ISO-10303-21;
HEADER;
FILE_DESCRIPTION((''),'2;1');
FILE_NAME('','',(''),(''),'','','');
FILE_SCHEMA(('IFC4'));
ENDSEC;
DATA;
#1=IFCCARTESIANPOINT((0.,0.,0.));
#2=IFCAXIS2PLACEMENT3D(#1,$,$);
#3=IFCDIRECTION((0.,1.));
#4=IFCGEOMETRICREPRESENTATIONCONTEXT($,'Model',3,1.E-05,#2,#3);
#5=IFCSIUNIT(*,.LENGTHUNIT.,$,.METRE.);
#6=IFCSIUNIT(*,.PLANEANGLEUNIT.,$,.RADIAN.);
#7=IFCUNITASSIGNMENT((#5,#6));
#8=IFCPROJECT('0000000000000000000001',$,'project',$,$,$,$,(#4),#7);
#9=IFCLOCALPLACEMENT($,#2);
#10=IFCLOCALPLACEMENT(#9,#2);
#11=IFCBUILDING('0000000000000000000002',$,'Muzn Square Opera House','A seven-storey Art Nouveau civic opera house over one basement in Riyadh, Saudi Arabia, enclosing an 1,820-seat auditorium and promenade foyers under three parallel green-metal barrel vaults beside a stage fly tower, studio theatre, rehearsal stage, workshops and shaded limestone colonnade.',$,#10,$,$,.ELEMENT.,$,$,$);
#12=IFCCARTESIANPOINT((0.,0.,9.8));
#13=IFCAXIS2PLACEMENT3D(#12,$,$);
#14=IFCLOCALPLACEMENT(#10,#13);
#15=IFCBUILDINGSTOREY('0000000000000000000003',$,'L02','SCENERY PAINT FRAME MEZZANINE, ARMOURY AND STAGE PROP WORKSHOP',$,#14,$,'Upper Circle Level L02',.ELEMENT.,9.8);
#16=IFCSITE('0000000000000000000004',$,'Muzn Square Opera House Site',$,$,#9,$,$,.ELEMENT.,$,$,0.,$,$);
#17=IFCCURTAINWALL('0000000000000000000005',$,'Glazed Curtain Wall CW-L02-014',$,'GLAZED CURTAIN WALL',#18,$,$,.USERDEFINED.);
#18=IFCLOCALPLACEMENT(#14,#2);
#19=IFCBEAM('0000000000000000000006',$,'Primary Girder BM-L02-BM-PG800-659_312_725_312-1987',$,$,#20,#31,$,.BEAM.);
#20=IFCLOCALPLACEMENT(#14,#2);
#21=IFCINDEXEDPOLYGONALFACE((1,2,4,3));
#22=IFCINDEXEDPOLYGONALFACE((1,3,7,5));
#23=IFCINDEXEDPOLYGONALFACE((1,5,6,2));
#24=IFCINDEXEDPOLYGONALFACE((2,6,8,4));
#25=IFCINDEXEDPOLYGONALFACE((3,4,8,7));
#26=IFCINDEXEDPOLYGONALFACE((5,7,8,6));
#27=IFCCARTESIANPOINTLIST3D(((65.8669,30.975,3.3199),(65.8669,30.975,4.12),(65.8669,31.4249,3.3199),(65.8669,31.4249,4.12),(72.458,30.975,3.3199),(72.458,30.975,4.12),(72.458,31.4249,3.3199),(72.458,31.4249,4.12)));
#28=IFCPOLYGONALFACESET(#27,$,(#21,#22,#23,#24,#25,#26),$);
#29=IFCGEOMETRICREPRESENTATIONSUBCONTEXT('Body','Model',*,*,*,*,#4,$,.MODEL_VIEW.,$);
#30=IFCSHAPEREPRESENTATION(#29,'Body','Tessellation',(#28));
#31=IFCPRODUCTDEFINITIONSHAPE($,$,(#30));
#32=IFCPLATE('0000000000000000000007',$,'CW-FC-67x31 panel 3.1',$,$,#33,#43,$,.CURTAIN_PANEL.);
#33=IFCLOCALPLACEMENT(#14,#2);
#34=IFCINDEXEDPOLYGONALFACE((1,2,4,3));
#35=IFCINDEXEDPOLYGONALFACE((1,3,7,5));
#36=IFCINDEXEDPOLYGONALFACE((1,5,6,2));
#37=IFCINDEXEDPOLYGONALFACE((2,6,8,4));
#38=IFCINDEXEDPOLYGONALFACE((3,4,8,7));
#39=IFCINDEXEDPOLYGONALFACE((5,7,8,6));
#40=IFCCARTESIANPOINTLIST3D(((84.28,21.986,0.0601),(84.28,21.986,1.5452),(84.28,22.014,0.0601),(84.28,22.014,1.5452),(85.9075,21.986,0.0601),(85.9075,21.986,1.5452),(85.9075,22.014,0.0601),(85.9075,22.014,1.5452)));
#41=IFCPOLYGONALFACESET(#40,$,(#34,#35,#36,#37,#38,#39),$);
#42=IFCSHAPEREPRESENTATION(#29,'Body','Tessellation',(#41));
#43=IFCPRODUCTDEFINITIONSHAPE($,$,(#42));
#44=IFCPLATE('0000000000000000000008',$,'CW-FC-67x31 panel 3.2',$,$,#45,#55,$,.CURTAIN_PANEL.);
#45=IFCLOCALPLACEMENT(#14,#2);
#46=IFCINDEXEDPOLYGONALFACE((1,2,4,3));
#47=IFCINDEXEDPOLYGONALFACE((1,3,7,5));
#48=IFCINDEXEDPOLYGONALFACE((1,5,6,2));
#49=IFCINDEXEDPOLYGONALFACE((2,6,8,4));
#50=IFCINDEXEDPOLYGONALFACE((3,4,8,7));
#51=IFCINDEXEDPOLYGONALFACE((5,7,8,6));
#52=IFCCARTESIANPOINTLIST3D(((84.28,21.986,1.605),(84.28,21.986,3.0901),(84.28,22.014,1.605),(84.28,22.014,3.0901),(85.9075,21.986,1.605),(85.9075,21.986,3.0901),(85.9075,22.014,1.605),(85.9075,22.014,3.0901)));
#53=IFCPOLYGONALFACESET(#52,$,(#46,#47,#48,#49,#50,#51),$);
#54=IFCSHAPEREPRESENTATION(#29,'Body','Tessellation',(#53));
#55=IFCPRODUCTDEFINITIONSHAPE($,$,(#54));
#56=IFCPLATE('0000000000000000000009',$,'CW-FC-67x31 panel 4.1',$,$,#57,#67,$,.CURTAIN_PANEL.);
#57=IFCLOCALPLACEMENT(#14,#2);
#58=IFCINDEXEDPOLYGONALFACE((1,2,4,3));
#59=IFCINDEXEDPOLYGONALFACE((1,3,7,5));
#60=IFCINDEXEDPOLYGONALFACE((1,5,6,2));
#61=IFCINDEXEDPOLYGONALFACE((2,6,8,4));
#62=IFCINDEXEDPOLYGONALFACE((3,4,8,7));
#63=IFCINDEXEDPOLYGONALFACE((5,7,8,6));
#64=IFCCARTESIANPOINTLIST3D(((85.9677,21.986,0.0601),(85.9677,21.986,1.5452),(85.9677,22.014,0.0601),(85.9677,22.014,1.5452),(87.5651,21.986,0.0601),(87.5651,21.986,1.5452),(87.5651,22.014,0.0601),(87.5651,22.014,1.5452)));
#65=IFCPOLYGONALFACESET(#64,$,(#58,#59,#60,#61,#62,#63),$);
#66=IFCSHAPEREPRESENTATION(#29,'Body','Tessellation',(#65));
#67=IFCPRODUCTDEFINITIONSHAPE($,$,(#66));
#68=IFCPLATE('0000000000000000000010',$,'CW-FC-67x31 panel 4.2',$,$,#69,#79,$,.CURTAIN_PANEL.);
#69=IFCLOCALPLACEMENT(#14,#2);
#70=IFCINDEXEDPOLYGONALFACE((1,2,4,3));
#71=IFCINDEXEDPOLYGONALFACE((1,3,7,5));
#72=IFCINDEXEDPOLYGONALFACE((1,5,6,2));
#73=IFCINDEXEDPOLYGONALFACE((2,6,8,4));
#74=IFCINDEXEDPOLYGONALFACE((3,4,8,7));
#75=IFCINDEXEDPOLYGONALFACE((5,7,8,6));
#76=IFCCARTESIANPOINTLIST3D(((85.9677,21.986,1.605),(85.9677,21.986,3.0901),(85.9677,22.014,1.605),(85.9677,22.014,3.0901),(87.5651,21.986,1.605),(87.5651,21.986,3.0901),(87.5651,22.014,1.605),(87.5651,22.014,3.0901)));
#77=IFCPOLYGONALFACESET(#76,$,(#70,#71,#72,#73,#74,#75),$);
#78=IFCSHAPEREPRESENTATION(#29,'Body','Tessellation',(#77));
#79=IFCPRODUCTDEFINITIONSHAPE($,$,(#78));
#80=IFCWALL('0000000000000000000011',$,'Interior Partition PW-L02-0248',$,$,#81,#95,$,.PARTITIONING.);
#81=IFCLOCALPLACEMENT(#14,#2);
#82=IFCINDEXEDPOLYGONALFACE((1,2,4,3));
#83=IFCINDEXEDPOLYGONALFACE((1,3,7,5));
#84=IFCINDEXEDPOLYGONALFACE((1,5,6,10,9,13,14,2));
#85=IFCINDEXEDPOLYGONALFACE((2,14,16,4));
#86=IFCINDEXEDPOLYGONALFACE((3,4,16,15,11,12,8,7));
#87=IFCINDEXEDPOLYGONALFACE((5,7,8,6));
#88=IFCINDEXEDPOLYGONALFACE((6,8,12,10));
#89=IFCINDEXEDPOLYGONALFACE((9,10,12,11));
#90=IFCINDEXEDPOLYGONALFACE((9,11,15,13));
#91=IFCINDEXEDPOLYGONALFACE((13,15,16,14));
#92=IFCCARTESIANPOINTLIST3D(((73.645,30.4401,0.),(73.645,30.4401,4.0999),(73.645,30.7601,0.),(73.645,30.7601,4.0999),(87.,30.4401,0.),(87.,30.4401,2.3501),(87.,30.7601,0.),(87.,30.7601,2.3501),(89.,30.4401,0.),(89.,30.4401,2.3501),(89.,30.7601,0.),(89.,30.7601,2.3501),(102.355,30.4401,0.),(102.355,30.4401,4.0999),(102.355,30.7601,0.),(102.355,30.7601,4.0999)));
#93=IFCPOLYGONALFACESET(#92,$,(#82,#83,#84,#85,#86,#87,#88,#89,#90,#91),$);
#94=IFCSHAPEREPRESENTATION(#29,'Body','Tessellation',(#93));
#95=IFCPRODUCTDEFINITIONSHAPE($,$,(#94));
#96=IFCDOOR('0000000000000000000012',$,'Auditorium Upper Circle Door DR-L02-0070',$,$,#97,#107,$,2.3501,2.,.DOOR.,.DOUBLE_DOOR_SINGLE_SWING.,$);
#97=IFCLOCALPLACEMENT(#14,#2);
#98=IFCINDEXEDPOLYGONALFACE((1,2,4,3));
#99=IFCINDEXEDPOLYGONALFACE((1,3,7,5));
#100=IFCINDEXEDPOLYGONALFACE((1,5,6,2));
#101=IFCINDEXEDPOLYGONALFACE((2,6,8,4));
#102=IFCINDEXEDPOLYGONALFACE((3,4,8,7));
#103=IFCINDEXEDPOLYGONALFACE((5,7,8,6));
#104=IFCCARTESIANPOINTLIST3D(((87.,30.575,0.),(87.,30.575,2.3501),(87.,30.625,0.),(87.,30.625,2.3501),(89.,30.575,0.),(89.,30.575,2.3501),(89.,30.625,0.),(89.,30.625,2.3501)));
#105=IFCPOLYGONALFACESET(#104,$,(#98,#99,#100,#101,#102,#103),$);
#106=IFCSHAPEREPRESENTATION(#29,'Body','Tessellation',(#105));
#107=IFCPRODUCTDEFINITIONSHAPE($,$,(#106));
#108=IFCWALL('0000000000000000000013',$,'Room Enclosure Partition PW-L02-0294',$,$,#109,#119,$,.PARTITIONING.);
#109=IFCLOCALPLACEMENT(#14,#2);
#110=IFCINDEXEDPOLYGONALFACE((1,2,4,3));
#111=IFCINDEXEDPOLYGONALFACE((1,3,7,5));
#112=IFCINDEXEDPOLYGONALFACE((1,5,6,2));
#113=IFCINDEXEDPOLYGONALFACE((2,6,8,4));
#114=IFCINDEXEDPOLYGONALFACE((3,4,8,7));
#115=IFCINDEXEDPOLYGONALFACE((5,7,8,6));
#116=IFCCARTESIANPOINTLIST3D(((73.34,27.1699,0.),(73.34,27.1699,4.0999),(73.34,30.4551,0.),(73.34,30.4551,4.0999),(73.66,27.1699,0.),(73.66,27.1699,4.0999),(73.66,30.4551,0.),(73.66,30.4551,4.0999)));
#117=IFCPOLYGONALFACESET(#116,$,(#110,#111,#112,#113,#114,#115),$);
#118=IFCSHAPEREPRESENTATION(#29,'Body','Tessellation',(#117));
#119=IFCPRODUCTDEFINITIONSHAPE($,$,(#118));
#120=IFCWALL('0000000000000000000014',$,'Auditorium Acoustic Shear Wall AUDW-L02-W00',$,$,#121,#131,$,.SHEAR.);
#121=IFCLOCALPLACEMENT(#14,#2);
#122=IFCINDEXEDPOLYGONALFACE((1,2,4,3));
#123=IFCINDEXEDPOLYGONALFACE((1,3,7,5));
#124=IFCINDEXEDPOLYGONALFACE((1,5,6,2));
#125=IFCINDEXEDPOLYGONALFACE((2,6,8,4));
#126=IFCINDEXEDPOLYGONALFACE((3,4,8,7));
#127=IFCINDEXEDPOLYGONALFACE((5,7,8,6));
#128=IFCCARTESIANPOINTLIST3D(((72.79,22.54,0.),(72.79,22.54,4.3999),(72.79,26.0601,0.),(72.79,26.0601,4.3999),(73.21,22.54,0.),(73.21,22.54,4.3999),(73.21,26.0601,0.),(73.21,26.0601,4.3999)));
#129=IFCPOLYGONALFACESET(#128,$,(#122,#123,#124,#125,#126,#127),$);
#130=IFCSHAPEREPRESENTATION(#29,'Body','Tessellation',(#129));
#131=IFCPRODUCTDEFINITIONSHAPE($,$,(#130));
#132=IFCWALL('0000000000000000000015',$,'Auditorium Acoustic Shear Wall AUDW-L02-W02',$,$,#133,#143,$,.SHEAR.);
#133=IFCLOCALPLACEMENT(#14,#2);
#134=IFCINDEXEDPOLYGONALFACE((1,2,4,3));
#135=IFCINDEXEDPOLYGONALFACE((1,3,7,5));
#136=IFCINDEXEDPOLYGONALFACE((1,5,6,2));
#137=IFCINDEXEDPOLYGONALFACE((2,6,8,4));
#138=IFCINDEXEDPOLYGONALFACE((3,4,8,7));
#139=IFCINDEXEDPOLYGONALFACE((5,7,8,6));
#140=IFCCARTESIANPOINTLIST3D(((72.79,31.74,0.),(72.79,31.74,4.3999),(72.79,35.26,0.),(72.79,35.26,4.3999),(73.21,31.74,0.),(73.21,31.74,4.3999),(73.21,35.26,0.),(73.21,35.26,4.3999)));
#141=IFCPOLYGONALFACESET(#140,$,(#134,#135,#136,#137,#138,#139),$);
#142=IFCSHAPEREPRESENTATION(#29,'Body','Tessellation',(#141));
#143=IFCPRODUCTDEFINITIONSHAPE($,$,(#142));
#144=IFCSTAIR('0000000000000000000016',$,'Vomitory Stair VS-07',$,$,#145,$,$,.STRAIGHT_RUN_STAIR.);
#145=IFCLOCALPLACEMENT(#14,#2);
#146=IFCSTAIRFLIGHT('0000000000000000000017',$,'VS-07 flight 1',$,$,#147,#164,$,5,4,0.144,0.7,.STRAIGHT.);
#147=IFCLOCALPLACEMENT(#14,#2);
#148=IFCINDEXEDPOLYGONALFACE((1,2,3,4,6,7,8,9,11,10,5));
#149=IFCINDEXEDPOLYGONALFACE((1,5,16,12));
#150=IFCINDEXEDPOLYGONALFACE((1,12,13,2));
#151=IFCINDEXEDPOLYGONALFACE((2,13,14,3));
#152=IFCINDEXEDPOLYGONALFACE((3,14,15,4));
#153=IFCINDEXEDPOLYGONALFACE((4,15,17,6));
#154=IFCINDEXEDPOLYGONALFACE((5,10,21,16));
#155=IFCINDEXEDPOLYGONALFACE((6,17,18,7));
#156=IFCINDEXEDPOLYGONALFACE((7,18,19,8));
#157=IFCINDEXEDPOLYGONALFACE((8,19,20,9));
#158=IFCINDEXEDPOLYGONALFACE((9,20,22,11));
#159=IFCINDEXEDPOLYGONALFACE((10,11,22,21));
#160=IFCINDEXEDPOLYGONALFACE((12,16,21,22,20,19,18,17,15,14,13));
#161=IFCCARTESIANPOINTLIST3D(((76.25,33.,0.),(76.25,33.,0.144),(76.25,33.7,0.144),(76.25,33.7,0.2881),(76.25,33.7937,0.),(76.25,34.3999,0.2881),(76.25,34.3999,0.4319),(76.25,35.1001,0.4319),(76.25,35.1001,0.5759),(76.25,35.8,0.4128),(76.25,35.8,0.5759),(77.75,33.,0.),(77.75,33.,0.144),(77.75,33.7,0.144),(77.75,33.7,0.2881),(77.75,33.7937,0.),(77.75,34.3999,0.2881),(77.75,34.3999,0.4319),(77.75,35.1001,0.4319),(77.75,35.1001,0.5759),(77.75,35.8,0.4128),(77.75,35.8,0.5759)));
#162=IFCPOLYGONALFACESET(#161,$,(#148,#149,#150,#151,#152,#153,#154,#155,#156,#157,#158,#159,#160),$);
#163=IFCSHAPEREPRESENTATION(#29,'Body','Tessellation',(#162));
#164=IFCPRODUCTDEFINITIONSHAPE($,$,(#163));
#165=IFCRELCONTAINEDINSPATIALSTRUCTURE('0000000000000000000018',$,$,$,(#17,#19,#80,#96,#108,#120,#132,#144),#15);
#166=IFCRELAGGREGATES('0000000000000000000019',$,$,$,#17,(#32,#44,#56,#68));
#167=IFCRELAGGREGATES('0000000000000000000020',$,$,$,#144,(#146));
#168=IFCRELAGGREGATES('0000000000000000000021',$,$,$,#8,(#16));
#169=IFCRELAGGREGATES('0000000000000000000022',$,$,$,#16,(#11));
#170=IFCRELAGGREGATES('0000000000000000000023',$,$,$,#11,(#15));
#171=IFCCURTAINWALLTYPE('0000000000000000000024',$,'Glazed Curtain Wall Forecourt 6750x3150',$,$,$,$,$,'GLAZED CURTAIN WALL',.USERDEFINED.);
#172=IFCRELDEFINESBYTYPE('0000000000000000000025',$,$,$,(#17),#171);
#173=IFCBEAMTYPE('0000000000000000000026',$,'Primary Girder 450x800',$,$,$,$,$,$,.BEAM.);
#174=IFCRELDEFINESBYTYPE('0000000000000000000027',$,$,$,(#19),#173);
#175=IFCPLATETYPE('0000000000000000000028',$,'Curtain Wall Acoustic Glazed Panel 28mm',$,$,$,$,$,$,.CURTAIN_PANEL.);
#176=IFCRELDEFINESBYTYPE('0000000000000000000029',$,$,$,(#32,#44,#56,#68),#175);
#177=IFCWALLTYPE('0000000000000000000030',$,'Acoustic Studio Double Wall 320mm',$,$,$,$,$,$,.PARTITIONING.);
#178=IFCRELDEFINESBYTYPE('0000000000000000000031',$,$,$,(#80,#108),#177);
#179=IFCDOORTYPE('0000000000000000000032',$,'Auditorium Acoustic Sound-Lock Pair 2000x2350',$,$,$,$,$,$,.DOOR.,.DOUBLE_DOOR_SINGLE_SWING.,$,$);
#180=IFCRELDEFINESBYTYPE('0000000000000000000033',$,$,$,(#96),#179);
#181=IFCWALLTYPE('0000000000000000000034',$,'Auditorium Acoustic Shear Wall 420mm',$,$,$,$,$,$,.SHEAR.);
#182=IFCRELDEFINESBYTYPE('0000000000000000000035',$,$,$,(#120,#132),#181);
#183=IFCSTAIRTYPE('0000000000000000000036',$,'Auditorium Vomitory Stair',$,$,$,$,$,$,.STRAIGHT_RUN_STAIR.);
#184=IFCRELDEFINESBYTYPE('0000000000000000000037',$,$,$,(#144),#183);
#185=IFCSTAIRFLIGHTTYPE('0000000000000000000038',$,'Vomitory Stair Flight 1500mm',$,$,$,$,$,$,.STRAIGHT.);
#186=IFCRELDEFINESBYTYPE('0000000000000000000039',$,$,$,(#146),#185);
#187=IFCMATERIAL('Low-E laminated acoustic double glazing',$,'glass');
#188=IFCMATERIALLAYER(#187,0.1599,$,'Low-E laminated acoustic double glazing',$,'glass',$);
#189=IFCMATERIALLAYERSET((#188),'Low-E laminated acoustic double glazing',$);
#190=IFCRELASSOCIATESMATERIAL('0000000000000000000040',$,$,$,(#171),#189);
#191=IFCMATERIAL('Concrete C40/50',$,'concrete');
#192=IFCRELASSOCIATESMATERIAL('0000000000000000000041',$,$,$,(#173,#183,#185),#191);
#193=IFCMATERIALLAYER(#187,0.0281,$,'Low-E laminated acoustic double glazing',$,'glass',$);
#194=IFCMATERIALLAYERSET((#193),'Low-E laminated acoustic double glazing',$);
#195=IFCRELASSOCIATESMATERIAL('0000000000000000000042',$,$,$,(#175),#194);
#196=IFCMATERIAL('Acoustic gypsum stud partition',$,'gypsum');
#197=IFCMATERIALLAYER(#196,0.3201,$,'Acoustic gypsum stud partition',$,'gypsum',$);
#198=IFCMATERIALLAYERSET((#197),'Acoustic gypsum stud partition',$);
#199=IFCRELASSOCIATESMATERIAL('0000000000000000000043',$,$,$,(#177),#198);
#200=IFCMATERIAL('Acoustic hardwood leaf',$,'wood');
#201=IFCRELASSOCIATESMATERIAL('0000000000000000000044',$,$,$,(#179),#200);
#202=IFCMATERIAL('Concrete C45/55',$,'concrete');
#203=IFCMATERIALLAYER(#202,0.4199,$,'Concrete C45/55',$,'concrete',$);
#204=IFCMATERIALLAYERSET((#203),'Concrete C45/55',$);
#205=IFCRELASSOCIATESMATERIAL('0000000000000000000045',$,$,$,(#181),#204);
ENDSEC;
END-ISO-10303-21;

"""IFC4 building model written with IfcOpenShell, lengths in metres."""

from ifc_helpers import new_model, si_unit, direction, frame, frame_2d, origin, origin_2d, place, context, subcontext, project, spatial, polyline, rectangle, outline, extrude, material, layer, layer_set, material_profile, profile_set, type_object, element, fill, aggregate, save


model = new_model("IFC4")

# Units and contexts
model_context = context("Model", 3, precision=1e-05, world=origin(), true_north=direction((0.0, 1.0)))
body_context = subcontext(model_context, "Body", "Model", "MODEL_VIEW")
ifc_project = project(units=[si_unit("LENGTHUNIT", "METRE"), si_unit("PLANEANGLEUNIT", "RADIAN")], contexts=[model_context])

# Site, building, storey
site_placement = place(None, origin())
site = spatial("IfcSite", under=ifc_project, at=site_placement, Name="Muzn Square Opera House Site", CompositionType="ELEMENT", RefElevation=0.0)
building_placement = place(site_placement, origin())
building = spatial("IfcBuilding", under=site, at=building_placement, Name="Muzn Square Opera House", Description="A seven-storey Art Nouveau civic opera house over one basement in Riyadh, Saudi Arabia, enclosing an 1,820-seat auditorium and promenade foyers under three parallel green-metal barrel vaults beside a stage fly tower, studio theatre, rehearsal stage, workshops and shaded limestone colonnade.", CompositionType="ELEMENT")
storey_placement = place(building_placement, frame((0.0, 0.0, 9.8)))
storey = spatial("IfcBuildingStorey", under=building, at=storey_placement, Name="L02", Description="SCENERY PAINT FRAME MEZZANINE, ARMOURY AND STAGE PROP WORKSHOP", LongName="Upper Circle Level L02", CompositionType="ELEMENT", Elevation=9.8)

# Shared definitions
ifc_material_1 = material(Name="Concrete C45/55", Category="concrete")

# Curtain wall
ifc_material_2 = material(Name="Low-E laminated acoustic double glazing", Category="glass")
ifc_layer_1 = layer(ifc_material_2, 0.1599, Name="Low-E laminated acoustic double glazing", Category="glass")
ifc_layer_set_1 = layer_set([ifc_layer_1], Name="Low-E laminated acoustic double glazing")
curtain_wall_type = type_object("IfcCurtainWallType", Name="Glazed Curtain Wall Forecourt 6750x3150", ElementType="GLAZED CURTAIN WALL", PredefinedType="USERDEFINED", material=ifc_layer_set_1)
curtain_wall_1_placement = place(storey_placement, origin())
curtain_wall_1 = element("IfcCurtainWall", 1, at=curtain_wall_1_placement, inside=storey, type_object=curtain_wall_type, Name="Glazed Curtain Wall CW-L02-014", ObjectType="GLAZED CURTAIN WALL", PredefinedType="USERDEFINED")

# Beam
ifc_material_3 = material(Name="Concrete C40/50", Category="concrete")
ifc_material_profile_1 = material_profile(ifc_material_3, rectangle(XDim=0.45, YDim=0.8, at=origin_2d()), Name="RCB 450x800", Category="concrete")
ifc_profile_set_1 = profile_set([ifc_material_profile_1], Name="Concrete C40/50")
beam_type_1 = type_object("IfcBeamType", Name="Primary Girder 450x800", PredefinedType="BEAM", material=ifc_profile_set_1)
for number, where, z_axis, x_axis, name in (
    (2, (65.8669, 31.2, 3.72), (1.0, 0.0, 0.0), (0.0, 1.0, 0.0), "Primary Girder BM-L02-BM-PG800-659_312_725_312-1987"),
):
    element("IfcBeam", number, at=place(storey_placement, frame(where, z_axis=z_axis, x_axis=x_axis)), inside=storey, type_object=beam_type_1, Name=name, PredefinedType="BEAM", context=body_context, shape_type="SweptSolid", body=[
        extrude(rectangle(XDim=0.45, YDim=0.8, at=origin_2d()), origin(), (0.0, 0.0, 1.0), 6.5911),
    ])

# Plates
ifc_layer_2 = layer(ifc_material_2, 0.0281, Name="Low-E laminated acoustic double glazing", Category="glass")
ifc_layer_set_2 = layer_set([ifc_layer_2], Name="Low-E laminated acoustic double glazing")
plate_type = type_object("IfcPlateType", Name="Curtain Wall Acoustic Glazed Panel 28mm", PredefinedType="CURTAIN_PANEL", material=ifc_layer_set_2)
plate_1_placement = place(storey_placement, frame((85.0938, 22.0, 0.0601), z_axis=(0.0, 0.0, 1.0), x_axis=(1.0, 0.0, 0.0)))
plate_1 = element("IfcPlate", 3, at=plate_1_placement, type_object=plate_type, Name="CW-FC-67x31 panel 3.1", PredefinedType="CURTAIN_PANEL", context=body_context, shape_type="SweptSolid", body=[
    extrude(rectangle(XDim=1.6274, YDim=0.0281, at=origin_2d()), origin(), (0.0, 0.0, 1.0), 1.4851),
])
plate_2_placement = place(storey_placement, frame((85.0938, 22.0, 1.605), z_axis=(0.0, 0.0, 1.0), x_axis=(1.0, 0.0, 0.0)))
plate_2 = element("IfcPlate", 4, at=plate_2_placement, type_object=plate_type, Name="CW-FC-67x31 panel 3.2", PredefinedType="CURTAIN_PANEL", context=body_context, shape_type="SweptSolid", body=[
    extrude(rectangle(XDim=1.6274, YDim=0.0281, at=origin_2d()), origin(), (0.0, 0.0, 1.0), 1.4851),
])
plate_3_placement = place(storey_placement, frame((86.7664, 22.0, 0.0601), z_axis=(0.0, 0.0, 1.0), x_axis=(1.0, 0.0, 0.0)))
plate_3 = element("IfcPlate", 5, at=plate_3_placement, type_object=plate_type, Name="CW-FC-67x31 panel 4.1", PredefinedType="CURTAIN_PANEL", context=body_context, shape_type="SweptSolid", body=[
    extrude(rectangle(XDim=1.5974, YDim=0.0281, at=origin_2d()), origin(), (0.0, 0.0, 1.0), 1.4851),
])
plate_4_placement = place(storey_placement, frame((86.7664, 22.0, 1.605), z_axis=(0.0, 0.0, 1.0), x_axis=(1.0, 0.0, 0.0)))
plate_4 = element("IfcPlate", 6, at=plate_4_placement, type_object=plate_type, Name="CW-FC-67x31 panel 4.2", PredefinedType="CURTAIN_PANEL", context=body_context, shape_type="SweptSolid", body=[
    extrude(rectangle(XDim=1.5974, YDim=0.0281, at=origin_2d()), origin(), (0.0, 0.0, 1.0), 1.4851),
])
aggregate(curtain_wall_1, [plate_1, plate_2, plate_3, plate_4])

# Wall, opening, door
ifc_material_4 = material(Name="Acoustic gypsum stud partition", Category="gypsum")
ifc_layer_3 = layer(ifc_material_4, 0.3201, Name="Acoustic gypsum stud partition", Category="gypsum")
ifc_layer_set_3 = layer_set([ifc_layer_3], Name="Acoustic gypsum stud partition")
wall_type_1 = type_object("IfcWallType", Name="Acoustic Studio Double Wall 320mm", PredefinedType="PARTITIONING", material=ifc_layer_set_3)
wall_1_placement = place(storey_placement, frame((73.645, 30.6001, 0.0), z_axis=(0.0, 0.0, 1.0), x_axis=(1.0, 0.0, 0.0)))
wall_1 = element("IfcWall", 7, at=wall_1_placement, inside=storey, type_object=wall_type_1, Name="Interior Partition PW-L02-0248", PredefinedType="PARTITIONING", context=body_context, shape_type="SweptSolid", body=[
    extrude(rectangle(XDim=28.71, YDim=0.3201, at=frame_2d((14.355, 0.0))), origin(), (0.0, 0.0, 1.0), 4.0999),
])
opening_placement = place(wall_1_placement, frame((13.355, 0.0, 0.0)))
opening = element("IfcOpeningElement", 8, at=opening_placement, cuts=wall_1, PredefinedType="OPENING", context=body_context, shape_type="SweptSolid", body=[
    extrude(rectangle(XDim=2.0, YDim=2.3501, at=frame_2d((1.0, 1.175))), frame((0.0, 0.1699, 0.0), z_axis=(0.0, -1.0, 0.0), x_axis=(1.0, 0.0, 0.0)), (0.0, 0.0, 1.0), 0.3401),
])
ifc_material_5 = material(Name="Acoustic hardwood leaf", Category="wood")
door_type = type_object("IfcDoorType", Name="Auditorium Acoustic Sound-Lock Pair 2000x2350", OperationType="DOUBLE_DOOR_SINGLE_SWING", PredefinedType="DOOR", material=ifc_material_5)
door_placement = place(opening_placement, origin())
door = element("IfcDoor", 9, at=door_placement, inside=storey, type_object=door_type, Name="Auditorium Upper Circle Door DR-L02-0070", OperationType="DOUBLE_DOOR_SINGLE_SWING", OverallHeight=2.3501, OverallWidth=2.0, PredefinedType="DOOR", context=body_context, shape_type="SweptSolid", body=[
    extrude(rectangle(XDim=2.0, YDim=2.3501, at=frame_2d((1.0, 1.175))), frame((0.0, 0.0249, 0.0), z_axis=(0.0, -1.0, 0.0), x_axis=(1.0, 0.0, 0.0)), (0.0, 0.0, 1.0), 0.05),
])
fill(opening, door)

# Walls
wall_2_placement = place(storey_placement, frame((73.5, 27.1699, 0.0), z_axis=(0.0, 0.0, 1.0), x_axis=(0.0, 1.0, 0.0)))
element("IfcWall", 10, at=wall_2_placement, inside=storey, type_object=wall_type_1, Name="Room Enclosure Partition PW-L02-0294", PredefinedType="PARTITIONING", context=body_context, shape_type="SweptSolid", body=[
    extrude(rectangle(XDim=3.2852, YDim=0.3201, at=frame_2d((1.6426, 0.0))), origin(), (0.0, 0.0, 1.0), 4.0999),
])
ifc_layer_4 = layer(ifc_material_1, 0.4199, Name="Concrete C45/55", Category="concrete")
ifc_layer_set_4 = layer_set([ifc_layer_4], Name="Concrete C45/55")
wall_type_2 = type_object("IfcWallType", Name="Auditorium Acoustic Shear Wall 420mm", PredefinedType="SHEAR", material=ifc_layer_set_4)
for number, where, z_axis, x_axis, name in (
    (11, (73.0, 22.54, 0.0), (0.0, 0.0, 1.0), (0.0, 1.0, 0.0), "Auditorium Acoustic Shear Wall AUDW-L02-W00"),
    (12, (73.0, 31.74, 0.0), (0.0, 0.0, 1.0), (0.0, 1.0, 0.0), "Auditorium Acoustic Shear Wall AUDW-L02-W02"),
):
    element("IfcWall", number, at=place(storey_placement, frame(where, z_axis=z_axis, x_axis=x_axis)), inside=storey, type_object=wall_type_2, Name=name, PredefinedType="SHEAR", context=body_context, shape_type="SweptSolid", body=[
        extrude(rectangle(XDim=3.52, YDim=0.4199, at=frame_2d((1.76, 0.0))), origin(), (0.0, 0.0, 1.0), 4.3999),
    ])

# Stair, stair flight
stair_type = type_object("IfcStairType", Name="Auditorium Vomitory Stair", PredefinedType="STRAIGHT_RUN_STAIR", material=ifc_material_3)
stair_placement = place(storey_placement, origin())
stair = element("IfcStair", 13, at=stair_placement, inside=storey, type_object=stair_type, Name="Vomitory Stair VS-07", PredefinedType="STRAIGHT_RUN_STAIR")
stair_flight_type = type_object("IfcStairFlightType", Name="Vomitory Stair Flight 1500mm", PredefinedType="STRAIGHT", material=ifc_material_3)
stair_flight_placement = place(storey_placement, frame((77.0, 33.0, 0.0), z_axis=(0.0, 0.0, 1.0), x_axis=(0.0, 1.0, 0.0)))
stair_flight = element("IfcStairFlight", 14, at=stair_flight_placement, type_object=stair_flight_type, Name="VS-07 flight 1", NumberOfRisers=5, NumberOfTreads=4, PredefinedType="STRAIGHT", RiserHeight=0.144, TreadLength=0.7, context=body_context, shape_type="SweptSolid", body=[
    extrude(outline(polyline([(0.0, 0.0), (0.0, 0.144), (0.7, 0.144), (0.7, 0.2881), (1.3999, 0.2881), (1.3999, 0.4319), (2.1001, 0.4319), (2.1001, 0.5759), (2.8, 0.5759), (2.8, 0.72), (2.8, 0.4128), (0.7937, 0.0), (0.0, 0.0)])), frame((0.0, 0.75, 0.0), z_axis=(0.0, -1.0, 0.0), x_axis=(1.0, 0.0, 0.0)), (0.0, 0.0, 1.0), 1.5),
])
aggregate(stair, [stair_flight])

save(model, "model.ifc")
